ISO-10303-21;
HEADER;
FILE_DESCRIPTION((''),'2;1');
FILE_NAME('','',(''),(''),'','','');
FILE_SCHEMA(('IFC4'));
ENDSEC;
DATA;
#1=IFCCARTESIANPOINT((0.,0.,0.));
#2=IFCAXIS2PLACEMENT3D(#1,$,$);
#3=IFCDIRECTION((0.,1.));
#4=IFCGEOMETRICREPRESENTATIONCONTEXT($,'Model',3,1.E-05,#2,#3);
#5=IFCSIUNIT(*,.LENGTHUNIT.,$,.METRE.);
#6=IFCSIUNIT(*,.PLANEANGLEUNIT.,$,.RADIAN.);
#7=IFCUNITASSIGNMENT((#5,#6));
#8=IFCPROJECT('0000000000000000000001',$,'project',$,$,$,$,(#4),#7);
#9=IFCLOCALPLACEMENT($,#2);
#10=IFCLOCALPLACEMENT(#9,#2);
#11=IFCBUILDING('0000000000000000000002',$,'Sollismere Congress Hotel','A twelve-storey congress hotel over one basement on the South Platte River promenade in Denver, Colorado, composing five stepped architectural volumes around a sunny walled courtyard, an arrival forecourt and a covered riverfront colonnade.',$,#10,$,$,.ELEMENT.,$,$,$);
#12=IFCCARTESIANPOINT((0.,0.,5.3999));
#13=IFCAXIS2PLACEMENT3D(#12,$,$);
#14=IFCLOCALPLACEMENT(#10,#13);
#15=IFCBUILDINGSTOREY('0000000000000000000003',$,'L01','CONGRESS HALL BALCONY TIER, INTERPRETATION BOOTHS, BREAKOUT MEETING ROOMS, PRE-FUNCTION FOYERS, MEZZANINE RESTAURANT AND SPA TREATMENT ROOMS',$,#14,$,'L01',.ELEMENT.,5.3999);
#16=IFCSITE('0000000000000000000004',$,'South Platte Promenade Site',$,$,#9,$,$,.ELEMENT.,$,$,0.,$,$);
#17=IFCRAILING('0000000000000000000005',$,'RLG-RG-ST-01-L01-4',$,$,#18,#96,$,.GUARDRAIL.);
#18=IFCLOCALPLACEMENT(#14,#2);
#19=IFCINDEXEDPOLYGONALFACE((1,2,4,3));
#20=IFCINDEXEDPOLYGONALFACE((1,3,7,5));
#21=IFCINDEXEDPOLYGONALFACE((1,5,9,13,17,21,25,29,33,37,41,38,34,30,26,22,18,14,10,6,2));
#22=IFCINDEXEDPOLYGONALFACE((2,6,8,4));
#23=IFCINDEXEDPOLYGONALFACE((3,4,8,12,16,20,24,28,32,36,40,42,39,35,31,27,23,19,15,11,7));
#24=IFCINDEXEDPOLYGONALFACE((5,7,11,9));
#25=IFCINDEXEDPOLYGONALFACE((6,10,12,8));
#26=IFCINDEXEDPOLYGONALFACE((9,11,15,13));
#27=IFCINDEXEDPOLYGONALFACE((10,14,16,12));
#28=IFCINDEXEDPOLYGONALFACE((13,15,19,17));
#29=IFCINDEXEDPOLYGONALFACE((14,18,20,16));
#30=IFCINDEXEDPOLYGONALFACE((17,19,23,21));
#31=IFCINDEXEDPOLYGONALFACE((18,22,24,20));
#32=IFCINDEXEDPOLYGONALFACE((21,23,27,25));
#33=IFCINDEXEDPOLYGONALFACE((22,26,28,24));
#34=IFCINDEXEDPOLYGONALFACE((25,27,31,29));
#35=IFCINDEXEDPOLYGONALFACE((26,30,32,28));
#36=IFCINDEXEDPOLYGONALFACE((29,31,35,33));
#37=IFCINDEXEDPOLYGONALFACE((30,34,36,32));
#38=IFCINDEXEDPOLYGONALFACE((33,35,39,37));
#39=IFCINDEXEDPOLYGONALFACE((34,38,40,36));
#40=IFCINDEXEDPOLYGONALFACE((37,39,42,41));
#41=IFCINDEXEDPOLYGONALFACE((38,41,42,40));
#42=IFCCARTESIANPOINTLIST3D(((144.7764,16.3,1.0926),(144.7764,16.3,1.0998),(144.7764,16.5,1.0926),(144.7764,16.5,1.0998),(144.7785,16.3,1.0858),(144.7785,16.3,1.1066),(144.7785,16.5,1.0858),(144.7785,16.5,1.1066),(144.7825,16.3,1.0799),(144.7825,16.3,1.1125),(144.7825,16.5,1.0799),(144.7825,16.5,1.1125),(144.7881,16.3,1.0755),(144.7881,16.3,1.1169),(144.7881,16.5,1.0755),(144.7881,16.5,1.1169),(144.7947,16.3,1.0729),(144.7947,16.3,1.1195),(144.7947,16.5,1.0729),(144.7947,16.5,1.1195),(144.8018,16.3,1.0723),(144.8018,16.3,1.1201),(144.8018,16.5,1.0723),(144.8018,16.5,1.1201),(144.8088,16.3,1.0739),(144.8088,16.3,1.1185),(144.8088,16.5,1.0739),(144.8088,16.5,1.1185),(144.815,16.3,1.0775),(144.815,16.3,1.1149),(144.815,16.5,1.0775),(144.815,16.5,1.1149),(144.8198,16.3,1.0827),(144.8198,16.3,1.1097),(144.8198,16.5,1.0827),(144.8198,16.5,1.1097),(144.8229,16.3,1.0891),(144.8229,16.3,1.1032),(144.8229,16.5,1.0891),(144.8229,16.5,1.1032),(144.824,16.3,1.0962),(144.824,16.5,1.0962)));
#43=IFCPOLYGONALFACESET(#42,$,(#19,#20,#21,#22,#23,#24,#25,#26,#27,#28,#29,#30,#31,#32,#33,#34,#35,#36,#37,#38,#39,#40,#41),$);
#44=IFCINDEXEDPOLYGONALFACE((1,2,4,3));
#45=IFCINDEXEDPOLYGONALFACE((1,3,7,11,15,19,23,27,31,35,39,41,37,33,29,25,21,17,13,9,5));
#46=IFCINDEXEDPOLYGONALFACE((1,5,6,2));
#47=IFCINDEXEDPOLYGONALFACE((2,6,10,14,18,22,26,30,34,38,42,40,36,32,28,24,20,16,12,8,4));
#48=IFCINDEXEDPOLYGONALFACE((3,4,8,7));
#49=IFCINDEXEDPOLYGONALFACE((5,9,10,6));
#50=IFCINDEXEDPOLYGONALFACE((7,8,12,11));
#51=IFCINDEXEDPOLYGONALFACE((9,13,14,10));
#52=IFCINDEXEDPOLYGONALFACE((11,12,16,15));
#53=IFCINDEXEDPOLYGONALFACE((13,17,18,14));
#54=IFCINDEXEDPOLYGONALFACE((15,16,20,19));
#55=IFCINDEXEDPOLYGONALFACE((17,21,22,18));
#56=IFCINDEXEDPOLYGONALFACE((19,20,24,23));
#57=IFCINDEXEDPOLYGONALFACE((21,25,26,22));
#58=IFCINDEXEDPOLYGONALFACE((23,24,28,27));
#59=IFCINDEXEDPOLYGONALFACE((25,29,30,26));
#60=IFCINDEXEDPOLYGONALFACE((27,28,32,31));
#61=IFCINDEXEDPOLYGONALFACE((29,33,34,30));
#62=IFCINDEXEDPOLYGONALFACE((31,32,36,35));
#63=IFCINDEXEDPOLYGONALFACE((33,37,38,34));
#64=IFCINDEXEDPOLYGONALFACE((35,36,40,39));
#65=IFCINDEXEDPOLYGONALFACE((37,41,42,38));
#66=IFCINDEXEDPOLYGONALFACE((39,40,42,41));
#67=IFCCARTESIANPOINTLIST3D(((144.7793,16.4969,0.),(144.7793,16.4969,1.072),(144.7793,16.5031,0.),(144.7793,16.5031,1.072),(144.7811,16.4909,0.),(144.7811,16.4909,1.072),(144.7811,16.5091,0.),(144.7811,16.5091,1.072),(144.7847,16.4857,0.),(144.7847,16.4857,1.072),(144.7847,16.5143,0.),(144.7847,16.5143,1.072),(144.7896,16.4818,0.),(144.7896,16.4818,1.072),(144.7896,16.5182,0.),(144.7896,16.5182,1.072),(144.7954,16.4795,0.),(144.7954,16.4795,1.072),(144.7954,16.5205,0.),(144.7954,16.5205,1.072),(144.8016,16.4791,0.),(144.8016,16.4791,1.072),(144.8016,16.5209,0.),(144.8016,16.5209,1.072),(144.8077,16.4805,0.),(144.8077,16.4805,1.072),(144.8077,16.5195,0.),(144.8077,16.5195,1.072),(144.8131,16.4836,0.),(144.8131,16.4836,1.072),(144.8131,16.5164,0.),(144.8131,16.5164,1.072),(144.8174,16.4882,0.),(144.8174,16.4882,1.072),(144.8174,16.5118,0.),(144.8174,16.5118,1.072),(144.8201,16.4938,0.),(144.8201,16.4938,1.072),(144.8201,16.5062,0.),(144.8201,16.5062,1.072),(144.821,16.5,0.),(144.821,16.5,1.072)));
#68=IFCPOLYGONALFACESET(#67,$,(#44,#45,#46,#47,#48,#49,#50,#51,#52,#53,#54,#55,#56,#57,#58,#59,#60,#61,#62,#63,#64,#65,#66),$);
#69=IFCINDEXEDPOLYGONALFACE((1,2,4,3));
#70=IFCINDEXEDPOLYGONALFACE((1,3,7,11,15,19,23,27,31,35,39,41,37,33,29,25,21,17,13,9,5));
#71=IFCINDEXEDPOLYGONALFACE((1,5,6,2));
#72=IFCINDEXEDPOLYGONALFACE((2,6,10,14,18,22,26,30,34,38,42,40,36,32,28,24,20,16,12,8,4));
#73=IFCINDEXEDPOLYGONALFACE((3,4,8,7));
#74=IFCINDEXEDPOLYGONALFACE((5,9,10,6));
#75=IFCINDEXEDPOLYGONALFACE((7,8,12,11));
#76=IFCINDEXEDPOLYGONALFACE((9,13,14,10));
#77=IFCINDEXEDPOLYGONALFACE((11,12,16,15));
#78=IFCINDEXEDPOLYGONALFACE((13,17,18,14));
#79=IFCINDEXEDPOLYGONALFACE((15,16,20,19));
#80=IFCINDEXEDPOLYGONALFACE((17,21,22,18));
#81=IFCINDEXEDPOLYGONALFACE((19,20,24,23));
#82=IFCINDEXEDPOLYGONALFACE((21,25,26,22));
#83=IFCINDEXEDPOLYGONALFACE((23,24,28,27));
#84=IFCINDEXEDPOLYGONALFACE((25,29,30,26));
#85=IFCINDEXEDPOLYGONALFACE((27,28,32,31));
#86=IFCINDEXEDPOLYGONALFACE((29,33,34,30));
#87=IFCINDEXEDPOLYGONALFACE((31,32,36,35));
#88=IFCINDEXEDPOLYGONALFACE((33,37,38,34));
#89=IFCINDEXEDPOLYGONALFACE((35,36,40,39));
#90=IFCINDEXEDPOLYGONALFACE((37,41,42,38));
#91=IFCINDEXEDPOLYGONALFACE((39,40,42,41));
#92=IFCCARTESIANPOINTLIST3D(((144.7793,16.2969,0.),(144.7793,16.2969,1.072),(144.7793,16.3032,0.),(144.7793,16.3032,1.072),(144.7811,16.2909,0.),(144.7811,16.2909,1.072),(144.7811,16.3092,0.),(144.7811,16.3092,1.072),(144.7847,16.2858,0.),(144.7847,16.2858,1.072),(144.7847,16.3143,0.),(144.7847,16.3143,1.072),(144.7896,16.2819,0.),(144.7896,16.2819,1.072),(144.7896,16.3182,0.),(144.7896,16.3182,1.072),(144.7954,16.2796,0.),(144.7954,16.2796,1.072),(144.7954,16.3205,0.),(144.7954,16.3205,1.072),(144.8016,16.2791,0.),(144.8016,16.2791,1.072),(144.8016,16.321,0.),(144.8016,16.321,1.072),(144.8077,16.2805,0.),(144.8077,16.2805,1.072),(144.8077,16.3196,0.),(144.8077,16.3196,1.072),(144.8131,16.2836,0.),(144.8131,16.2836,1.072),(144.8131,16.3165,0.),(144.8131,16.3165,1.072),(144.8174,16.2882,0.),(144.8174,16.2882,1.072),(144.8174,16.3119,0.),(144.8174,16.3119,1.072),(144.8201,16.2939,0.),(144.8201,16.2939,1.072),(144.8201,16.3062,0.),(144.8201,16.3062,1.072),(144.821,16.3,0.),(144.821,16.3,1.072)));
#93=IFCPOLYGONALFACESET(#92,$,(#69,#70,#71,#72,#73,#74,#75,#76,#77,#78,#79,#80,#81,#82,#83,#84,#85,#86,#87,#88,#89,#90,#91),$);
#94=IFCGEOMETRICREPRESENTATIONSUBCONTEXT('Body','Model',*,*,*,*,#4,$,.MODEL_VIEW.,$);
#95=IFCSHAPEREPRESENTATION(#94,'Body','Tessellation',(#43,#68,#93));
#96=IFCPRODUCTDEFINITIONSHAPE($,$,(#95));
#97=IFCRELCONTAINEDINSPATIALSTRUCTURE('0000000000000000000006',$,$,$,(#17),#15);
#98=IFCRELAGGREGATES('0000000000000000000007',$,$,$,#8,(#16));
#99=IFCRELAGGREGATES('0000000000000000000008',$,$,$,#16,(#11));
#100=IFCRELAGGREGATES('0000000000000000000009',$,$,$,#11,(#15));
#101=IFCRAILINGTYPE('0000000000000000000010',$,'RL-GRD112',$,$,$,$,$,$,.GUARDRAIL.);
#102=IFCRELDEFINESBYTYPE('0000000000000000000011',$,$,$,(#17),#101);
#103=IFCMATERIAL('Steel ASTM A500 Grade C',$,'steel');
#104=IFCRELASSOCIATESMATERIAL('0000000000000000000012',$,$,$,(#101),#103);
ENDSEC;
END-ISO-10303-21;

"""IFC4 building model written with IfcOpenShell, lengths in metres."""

from ifc_helpers import new_model, si_unit, direction, frame, origin, origin_2d, place, context, subcontext, project, spatial, circle, extrude, material, type_object, element, save


model = new_model("IFC4")

# Units and contexts
model_context = context("Model", 3, precision=1e-05, world=origin(), true_north=direction((0.0, 1.0)))
body_context = subcontext(model_context, "Body", "Model", "MODEL_VIEW")
ifc_project = project(units=[si_unit("LENGTHUNIT", "METRE"), si_unit("PLANEANGLEUNIT", "RADIAN")], contexts=[model_context])

# Site, building, storey
site_placement = place(None, origin())
site = spatial("IfcSite", under=ifc_project, at=site_placement, Name="South Platte Promenade Site", CompositionType="ELEMENT", RefElevation=0.0)
building_placement = place(site_placement, origin())
building = spatial("IfcBuilding", under=site, at=building_placement, Name="Sollismere Congress Hotel", Description="A twelve-storey congress hotel over one basement on the South Platte River promenade in Denver, Colorado, composing five stepped architectural volumes around a sunny walled courtyard, an arrival forecourt and a covered riverfront colonnade.", CompositionType="ELEMENT")
storey_placement = place(building_placement, frame((0.0, 0.0, 5.3999)))
storey = spatial("IfcBuildingStorey", under=building, at=storey_placement, Name="L01", Description="CONGRESS HALL BALCONY TIER, INTERPRETATION BOOTHS, BREAKOUT MEETING ROOMS, PRE-FUNCTION FOYERS, MEZZANINE RESTAURANT AND SPA TREATMENT ROOMS", LongName="L01", CompositionType="ELEMENT", Elevation=5.3999)

# Railing
ifc_material_1 = material(Name="Steel ASTM A500 Grade C", Category="steel")
railing_type_1 = type_object("IfcRailingType", Name="RL-GRD112", PredefinedType="GUARDRAIL", material=ifc_material_1)
railing_1_placement = place(storey_placement, frame((144.8, 16.5, 0.0)))
element("IfcRailing", 1, at=railing_1_placement, inside=storey, type_object=railing_type_1, Name="RLG-RG-ST-01-L01-4", PredefinedType="GUARDRAIL", context=body_context, shape_type="SweptSolid", body=[
    extrude(circle(Radius=0.0239, at=origin_2d()), frame((0.0, 0.0, 1.0962), z_axis=(0.0, -1.0, 0.0), x_axis=(1.0, 0.0, 0.0)), (0.0, 0.0, 1.0), 0.2),
    extrude(circle(Radius=0.021, at=origin_2d()), origin(), (0.0, 0.0, 1.0), 1.072),
    extrude(circle(Radius=0.021, at=origin_2d()), frame((0.0, -0.2, 0.0)), (0.0, 0.0, 1.0), 1.072),
])

save(model, "model.ifc")
